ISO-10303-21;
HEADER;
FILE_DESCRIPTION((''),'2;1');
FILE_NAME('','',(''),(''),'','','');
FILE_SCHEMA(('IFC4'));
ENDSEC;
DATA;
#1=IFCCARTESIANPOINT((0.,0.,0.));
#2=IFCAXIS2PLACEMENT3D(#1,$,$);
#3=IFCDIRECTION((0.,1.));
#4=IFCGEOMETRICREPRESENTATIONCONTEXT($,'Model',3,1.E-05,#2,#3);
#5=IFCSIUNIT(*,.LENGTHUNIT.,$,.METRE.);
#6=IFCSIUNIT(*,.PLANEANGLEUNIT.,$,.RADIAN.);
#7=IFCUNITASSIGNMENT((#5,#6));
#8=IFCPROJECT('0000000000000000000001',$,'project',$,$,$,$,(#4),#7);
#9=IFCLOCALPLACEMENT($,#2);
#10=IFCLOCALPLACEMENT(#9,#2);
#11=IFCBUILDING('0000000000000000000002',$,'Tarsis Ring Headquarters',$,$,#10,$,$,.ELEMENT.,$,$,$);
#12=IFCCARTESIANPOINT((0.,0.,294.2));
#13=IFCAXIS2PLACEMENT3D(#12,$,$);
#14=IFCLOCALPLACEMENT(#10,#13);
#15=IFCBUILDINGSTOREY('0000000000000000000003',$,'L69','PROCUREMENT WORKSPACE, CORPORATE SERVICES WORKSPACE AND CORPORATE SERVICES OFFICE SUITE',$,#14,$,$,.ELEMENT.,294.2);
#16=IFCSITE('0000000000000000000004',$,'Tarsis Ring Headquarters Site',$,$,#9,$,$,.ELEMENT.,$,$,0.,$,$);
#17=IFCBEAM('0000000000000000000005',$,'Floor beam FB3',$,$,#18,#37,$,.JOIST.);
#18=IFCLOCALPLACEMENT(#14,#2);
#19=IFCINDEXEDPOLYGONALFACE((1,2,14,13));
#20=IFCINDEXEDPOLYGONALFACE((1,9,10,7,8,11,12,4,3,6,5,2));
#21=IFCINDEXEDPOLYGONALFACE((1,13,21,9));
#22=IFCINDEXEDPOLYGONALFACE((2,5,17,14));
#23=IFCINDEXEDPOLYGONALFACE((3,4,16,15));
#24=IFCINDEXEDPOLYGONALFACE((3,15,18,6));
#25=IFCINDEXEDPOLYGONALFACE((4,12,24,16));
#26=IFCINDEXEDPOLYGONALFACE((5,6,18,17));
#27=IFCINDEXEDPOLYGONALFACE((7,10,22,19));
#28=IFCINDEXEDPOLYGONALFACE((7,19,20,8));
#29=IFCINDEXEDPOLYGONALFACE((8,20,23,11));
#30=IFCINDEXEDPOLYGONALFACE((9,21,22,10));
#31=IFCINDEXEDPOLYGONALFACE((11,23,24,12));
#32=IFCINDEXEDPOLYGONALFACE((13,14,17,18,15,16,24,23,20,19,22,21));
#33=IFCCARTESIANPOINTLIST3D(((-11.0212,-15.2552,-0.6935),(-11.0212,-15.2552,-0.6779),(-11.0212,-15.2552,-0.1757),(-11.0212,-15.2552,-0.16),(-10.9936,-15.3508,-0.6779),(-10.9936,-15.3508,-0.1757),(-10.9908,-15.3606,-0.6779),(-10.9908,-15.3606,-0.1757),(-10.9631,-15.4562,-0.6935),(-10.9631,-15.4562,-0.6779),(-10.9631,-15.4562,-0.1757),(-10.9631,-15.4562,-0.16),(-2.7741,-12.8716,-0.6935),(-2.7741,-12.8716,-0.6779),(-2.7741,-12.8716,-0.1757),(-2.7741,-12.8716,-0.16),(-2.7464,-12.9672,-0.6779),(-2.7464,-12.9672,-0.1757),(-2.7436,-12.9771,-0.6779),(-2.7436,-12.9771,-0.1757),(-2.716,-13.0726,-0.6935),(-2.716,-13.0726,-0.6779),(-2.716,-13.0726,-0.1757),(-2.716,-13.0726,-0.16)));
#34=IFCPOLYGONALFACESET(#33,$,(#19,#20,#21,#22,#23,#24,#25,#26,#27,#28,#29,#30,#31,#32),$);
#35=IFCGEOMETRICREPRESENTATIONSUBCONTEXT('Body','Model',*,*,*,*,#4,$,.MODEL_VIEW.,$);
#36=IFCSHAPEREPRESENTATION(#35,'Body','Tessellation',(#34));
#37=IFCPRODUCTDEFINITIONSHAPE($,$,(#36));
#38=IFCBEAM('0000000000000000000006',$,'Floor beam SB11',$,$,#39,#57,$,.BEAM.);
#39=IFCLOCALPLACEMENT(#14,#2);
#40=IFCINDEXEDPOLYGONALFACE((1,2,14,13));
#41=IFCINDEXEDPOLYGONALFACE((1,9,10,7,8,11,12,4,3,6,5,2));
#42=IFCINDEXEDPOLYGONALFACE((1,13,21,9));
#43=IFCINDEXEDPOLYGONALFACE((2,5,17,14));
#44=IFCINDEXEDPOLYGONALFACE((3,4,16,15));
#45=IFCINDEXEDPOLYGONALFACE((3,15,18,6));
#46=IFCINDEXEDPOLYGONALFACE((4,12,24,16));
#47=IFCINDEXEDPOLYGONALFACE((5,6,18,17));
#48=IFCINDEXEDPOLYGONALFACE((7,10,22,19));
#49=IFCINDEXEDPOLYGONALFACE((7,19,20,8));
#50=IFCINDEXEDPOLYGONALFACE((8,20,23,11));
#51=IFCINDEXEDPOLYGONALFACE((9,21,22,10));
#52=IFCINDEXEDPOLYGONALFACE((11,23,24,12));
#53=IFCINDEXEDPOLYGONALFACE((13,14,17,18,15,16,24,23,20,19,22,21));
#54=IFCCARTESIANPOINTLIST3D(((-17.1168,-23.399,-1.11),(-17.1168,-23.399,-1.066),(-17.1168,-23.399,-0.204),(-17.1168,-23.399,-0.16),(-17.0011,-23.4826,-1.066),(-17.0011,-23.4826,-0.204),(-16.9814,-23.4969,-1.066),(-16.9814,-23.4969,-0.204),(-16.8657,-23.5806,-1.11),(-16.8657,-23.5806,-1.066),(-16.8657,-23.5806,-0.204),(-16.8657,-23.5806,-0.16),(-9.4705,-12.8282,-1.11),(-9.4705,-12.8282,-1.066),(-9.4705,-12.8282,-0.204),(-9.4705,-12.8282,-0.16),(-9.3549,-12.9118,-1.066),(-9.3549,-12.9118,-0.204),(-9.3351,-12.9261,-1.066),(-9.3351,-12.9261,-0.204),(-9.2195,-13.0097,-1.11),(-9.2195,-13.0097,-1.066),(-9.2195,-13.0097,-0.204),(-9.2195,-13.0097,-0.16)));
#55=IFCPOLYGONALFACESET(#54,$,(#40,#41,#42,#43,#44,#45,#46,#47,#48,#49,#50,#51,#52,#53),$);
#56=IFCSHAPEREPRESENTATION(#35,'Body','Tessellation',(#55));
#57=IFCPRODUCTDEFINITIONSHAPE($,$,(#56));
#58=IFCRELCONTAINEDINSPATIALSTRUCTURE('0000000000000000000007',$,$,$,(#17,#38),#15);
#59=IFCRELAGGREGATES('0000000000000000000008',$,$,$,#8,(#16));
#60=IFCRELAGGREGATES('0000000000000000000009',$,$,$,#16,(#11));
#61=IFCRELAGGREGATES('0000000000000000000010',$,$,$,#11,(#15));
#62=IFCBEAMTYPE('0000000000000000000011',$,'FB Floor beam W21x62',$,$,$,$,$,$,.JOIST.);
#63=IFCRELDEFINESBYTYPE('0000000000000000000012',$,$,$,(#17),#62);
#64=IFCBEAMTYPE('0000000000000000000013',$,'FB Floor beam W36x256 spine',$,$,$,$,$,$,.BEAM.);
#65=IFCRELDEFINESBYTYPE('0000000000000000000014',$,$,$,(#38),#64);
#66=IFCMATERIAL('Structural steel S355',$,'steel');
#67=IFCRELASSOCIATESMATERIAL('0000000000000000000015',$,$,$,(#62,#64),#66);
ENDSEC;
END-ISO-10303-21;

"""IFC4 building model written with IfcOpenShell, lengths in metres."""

from ifc_helpers import new_model, si_unit, direction, frame, origin, origin_2d, place, context, subcontext, project, spatial, i_section, extrude, material, material_profile, profile_set, type_object, element, save


model = new_model("IFC4")

# Units and contexts
model_context = context("Model", 3, precision=1e-05, world=origin(), true_north=direction((0.0, 1.0)))
body_context = subcontext(model_context, "Body", "Model", "MODEL_VIEW")
ifc_project = project(units=[si_unit("LENGTHUNIT", "METRE"), si_unit("PLANEANGLEUNIT", "RADIAN")], contexts=[model_context])

# Site, building, storey
site_placement = place(None, origin())
site = spatial("IfcSite", under=ifc_project, at=site_placement, Name="Tarsis Ring Headquarters Site", CompositionType="ELEMENT", RefElevation=0.0)
building_placement = place(site_placement, origin())
building = spatial("IfcBuilding", under=site, at=building_placement, Name="Tarsis Ring Headquarters", CompositionType="ELEMENT")
storey_placement = place(building_placement, frame((0.0, 0.0, 294.2)))
storey = spatial("IfcBuildingStorey", under=building, at=storey_placement, Name="L69", Description="PROCUREMENT WORKSPACE, CORPORATE SERVICES WORKSPACE AND CORPORATE SERVICES OFFICE SUITE", CompositionType="ELEMENT", Elevation=294.2)

# Beams
ifc_material_1 = material(Name="Structural steel S355", Category="steel")
ifc_material_profile_1 = material_profile(ifc_material_1, i_section(OverallWidth=0.2092, OverallDepth=0.5334, WebThickness=0.0103, FlangeThickness=0.0156, at=origin_2d()), Name="W21x62")
ifc_profile_set_1 = profile_set([ifc_material_profile_1], Name="Structural steel S355")
beam_type_1 = type_object("IfcBeamType", Name="FB Floor beam W21x62", PredefinedType="JOIST", material=ifc_profile_set_1)
beam_1_placement = place(storey_placement, frame((-10.9922, -15.3557, -0.4268), z_axis=(0.960681, 0.277653, 0.0), x_axis=(-0.277653, 0.960681, 0.0)))
element("IfcBeam", 1, at=beam_1_placement, inside=storey, type_object=beam_type_1, Name="Floor beam FB3", PredefinedType="JOIST", context=body_context, shape_type="SweptSolid", body=[
    extrude(i_section(OverallWidth=0.2092, OverallDepth=0.5334, WebThickness=0.0103, FlangeThickness=0.0156, at=origin_2d()), origin(), (0.0, 0.0, 1.0), 8.5847),
])
ifc_material_profile_2 = material_profile(ifc_material_1, i_section(OverallWidth=0.3098, OverallDepth=0.95, WebThickness=0.0244, FlangeThickness=0.0439, at=origin_2d()), Name="W36x256")
ifc_profile_set_2 = profile_set([ifc_material_profile_2], Name="Structural steel S355")
beam_type_2 = type_object("IfcBeamType", Name="FB Floor beam W36x256 spine", PredefinedType="BEAM", material=ifc_profile_set_2)
beam_2_placement = place(storey_placement, frame((-9.345, -12.9189, -0.635), z_axis=(-0.586083, -0.810251, 0.0), x_axis=(0.810251, -0.586083, 0.0)))
element("IfcBeam", 2, at=beam_2_placement, inside=storey, type_object=beam_type_2, Name="Floor beam SB11", PredefinedType="BEAM", context=body_context, shape_type="SweptSolid", body=[
    extrude(i_section(OverallWidth=0.3098, OverallDepth=0.95, WebThickness=0.0244, FlangeThickness=0.0439, at=origin_2d()), origin(), (0.0, 0.0, 1.0), 13.0464),
])

save(model, "model.ifc")
